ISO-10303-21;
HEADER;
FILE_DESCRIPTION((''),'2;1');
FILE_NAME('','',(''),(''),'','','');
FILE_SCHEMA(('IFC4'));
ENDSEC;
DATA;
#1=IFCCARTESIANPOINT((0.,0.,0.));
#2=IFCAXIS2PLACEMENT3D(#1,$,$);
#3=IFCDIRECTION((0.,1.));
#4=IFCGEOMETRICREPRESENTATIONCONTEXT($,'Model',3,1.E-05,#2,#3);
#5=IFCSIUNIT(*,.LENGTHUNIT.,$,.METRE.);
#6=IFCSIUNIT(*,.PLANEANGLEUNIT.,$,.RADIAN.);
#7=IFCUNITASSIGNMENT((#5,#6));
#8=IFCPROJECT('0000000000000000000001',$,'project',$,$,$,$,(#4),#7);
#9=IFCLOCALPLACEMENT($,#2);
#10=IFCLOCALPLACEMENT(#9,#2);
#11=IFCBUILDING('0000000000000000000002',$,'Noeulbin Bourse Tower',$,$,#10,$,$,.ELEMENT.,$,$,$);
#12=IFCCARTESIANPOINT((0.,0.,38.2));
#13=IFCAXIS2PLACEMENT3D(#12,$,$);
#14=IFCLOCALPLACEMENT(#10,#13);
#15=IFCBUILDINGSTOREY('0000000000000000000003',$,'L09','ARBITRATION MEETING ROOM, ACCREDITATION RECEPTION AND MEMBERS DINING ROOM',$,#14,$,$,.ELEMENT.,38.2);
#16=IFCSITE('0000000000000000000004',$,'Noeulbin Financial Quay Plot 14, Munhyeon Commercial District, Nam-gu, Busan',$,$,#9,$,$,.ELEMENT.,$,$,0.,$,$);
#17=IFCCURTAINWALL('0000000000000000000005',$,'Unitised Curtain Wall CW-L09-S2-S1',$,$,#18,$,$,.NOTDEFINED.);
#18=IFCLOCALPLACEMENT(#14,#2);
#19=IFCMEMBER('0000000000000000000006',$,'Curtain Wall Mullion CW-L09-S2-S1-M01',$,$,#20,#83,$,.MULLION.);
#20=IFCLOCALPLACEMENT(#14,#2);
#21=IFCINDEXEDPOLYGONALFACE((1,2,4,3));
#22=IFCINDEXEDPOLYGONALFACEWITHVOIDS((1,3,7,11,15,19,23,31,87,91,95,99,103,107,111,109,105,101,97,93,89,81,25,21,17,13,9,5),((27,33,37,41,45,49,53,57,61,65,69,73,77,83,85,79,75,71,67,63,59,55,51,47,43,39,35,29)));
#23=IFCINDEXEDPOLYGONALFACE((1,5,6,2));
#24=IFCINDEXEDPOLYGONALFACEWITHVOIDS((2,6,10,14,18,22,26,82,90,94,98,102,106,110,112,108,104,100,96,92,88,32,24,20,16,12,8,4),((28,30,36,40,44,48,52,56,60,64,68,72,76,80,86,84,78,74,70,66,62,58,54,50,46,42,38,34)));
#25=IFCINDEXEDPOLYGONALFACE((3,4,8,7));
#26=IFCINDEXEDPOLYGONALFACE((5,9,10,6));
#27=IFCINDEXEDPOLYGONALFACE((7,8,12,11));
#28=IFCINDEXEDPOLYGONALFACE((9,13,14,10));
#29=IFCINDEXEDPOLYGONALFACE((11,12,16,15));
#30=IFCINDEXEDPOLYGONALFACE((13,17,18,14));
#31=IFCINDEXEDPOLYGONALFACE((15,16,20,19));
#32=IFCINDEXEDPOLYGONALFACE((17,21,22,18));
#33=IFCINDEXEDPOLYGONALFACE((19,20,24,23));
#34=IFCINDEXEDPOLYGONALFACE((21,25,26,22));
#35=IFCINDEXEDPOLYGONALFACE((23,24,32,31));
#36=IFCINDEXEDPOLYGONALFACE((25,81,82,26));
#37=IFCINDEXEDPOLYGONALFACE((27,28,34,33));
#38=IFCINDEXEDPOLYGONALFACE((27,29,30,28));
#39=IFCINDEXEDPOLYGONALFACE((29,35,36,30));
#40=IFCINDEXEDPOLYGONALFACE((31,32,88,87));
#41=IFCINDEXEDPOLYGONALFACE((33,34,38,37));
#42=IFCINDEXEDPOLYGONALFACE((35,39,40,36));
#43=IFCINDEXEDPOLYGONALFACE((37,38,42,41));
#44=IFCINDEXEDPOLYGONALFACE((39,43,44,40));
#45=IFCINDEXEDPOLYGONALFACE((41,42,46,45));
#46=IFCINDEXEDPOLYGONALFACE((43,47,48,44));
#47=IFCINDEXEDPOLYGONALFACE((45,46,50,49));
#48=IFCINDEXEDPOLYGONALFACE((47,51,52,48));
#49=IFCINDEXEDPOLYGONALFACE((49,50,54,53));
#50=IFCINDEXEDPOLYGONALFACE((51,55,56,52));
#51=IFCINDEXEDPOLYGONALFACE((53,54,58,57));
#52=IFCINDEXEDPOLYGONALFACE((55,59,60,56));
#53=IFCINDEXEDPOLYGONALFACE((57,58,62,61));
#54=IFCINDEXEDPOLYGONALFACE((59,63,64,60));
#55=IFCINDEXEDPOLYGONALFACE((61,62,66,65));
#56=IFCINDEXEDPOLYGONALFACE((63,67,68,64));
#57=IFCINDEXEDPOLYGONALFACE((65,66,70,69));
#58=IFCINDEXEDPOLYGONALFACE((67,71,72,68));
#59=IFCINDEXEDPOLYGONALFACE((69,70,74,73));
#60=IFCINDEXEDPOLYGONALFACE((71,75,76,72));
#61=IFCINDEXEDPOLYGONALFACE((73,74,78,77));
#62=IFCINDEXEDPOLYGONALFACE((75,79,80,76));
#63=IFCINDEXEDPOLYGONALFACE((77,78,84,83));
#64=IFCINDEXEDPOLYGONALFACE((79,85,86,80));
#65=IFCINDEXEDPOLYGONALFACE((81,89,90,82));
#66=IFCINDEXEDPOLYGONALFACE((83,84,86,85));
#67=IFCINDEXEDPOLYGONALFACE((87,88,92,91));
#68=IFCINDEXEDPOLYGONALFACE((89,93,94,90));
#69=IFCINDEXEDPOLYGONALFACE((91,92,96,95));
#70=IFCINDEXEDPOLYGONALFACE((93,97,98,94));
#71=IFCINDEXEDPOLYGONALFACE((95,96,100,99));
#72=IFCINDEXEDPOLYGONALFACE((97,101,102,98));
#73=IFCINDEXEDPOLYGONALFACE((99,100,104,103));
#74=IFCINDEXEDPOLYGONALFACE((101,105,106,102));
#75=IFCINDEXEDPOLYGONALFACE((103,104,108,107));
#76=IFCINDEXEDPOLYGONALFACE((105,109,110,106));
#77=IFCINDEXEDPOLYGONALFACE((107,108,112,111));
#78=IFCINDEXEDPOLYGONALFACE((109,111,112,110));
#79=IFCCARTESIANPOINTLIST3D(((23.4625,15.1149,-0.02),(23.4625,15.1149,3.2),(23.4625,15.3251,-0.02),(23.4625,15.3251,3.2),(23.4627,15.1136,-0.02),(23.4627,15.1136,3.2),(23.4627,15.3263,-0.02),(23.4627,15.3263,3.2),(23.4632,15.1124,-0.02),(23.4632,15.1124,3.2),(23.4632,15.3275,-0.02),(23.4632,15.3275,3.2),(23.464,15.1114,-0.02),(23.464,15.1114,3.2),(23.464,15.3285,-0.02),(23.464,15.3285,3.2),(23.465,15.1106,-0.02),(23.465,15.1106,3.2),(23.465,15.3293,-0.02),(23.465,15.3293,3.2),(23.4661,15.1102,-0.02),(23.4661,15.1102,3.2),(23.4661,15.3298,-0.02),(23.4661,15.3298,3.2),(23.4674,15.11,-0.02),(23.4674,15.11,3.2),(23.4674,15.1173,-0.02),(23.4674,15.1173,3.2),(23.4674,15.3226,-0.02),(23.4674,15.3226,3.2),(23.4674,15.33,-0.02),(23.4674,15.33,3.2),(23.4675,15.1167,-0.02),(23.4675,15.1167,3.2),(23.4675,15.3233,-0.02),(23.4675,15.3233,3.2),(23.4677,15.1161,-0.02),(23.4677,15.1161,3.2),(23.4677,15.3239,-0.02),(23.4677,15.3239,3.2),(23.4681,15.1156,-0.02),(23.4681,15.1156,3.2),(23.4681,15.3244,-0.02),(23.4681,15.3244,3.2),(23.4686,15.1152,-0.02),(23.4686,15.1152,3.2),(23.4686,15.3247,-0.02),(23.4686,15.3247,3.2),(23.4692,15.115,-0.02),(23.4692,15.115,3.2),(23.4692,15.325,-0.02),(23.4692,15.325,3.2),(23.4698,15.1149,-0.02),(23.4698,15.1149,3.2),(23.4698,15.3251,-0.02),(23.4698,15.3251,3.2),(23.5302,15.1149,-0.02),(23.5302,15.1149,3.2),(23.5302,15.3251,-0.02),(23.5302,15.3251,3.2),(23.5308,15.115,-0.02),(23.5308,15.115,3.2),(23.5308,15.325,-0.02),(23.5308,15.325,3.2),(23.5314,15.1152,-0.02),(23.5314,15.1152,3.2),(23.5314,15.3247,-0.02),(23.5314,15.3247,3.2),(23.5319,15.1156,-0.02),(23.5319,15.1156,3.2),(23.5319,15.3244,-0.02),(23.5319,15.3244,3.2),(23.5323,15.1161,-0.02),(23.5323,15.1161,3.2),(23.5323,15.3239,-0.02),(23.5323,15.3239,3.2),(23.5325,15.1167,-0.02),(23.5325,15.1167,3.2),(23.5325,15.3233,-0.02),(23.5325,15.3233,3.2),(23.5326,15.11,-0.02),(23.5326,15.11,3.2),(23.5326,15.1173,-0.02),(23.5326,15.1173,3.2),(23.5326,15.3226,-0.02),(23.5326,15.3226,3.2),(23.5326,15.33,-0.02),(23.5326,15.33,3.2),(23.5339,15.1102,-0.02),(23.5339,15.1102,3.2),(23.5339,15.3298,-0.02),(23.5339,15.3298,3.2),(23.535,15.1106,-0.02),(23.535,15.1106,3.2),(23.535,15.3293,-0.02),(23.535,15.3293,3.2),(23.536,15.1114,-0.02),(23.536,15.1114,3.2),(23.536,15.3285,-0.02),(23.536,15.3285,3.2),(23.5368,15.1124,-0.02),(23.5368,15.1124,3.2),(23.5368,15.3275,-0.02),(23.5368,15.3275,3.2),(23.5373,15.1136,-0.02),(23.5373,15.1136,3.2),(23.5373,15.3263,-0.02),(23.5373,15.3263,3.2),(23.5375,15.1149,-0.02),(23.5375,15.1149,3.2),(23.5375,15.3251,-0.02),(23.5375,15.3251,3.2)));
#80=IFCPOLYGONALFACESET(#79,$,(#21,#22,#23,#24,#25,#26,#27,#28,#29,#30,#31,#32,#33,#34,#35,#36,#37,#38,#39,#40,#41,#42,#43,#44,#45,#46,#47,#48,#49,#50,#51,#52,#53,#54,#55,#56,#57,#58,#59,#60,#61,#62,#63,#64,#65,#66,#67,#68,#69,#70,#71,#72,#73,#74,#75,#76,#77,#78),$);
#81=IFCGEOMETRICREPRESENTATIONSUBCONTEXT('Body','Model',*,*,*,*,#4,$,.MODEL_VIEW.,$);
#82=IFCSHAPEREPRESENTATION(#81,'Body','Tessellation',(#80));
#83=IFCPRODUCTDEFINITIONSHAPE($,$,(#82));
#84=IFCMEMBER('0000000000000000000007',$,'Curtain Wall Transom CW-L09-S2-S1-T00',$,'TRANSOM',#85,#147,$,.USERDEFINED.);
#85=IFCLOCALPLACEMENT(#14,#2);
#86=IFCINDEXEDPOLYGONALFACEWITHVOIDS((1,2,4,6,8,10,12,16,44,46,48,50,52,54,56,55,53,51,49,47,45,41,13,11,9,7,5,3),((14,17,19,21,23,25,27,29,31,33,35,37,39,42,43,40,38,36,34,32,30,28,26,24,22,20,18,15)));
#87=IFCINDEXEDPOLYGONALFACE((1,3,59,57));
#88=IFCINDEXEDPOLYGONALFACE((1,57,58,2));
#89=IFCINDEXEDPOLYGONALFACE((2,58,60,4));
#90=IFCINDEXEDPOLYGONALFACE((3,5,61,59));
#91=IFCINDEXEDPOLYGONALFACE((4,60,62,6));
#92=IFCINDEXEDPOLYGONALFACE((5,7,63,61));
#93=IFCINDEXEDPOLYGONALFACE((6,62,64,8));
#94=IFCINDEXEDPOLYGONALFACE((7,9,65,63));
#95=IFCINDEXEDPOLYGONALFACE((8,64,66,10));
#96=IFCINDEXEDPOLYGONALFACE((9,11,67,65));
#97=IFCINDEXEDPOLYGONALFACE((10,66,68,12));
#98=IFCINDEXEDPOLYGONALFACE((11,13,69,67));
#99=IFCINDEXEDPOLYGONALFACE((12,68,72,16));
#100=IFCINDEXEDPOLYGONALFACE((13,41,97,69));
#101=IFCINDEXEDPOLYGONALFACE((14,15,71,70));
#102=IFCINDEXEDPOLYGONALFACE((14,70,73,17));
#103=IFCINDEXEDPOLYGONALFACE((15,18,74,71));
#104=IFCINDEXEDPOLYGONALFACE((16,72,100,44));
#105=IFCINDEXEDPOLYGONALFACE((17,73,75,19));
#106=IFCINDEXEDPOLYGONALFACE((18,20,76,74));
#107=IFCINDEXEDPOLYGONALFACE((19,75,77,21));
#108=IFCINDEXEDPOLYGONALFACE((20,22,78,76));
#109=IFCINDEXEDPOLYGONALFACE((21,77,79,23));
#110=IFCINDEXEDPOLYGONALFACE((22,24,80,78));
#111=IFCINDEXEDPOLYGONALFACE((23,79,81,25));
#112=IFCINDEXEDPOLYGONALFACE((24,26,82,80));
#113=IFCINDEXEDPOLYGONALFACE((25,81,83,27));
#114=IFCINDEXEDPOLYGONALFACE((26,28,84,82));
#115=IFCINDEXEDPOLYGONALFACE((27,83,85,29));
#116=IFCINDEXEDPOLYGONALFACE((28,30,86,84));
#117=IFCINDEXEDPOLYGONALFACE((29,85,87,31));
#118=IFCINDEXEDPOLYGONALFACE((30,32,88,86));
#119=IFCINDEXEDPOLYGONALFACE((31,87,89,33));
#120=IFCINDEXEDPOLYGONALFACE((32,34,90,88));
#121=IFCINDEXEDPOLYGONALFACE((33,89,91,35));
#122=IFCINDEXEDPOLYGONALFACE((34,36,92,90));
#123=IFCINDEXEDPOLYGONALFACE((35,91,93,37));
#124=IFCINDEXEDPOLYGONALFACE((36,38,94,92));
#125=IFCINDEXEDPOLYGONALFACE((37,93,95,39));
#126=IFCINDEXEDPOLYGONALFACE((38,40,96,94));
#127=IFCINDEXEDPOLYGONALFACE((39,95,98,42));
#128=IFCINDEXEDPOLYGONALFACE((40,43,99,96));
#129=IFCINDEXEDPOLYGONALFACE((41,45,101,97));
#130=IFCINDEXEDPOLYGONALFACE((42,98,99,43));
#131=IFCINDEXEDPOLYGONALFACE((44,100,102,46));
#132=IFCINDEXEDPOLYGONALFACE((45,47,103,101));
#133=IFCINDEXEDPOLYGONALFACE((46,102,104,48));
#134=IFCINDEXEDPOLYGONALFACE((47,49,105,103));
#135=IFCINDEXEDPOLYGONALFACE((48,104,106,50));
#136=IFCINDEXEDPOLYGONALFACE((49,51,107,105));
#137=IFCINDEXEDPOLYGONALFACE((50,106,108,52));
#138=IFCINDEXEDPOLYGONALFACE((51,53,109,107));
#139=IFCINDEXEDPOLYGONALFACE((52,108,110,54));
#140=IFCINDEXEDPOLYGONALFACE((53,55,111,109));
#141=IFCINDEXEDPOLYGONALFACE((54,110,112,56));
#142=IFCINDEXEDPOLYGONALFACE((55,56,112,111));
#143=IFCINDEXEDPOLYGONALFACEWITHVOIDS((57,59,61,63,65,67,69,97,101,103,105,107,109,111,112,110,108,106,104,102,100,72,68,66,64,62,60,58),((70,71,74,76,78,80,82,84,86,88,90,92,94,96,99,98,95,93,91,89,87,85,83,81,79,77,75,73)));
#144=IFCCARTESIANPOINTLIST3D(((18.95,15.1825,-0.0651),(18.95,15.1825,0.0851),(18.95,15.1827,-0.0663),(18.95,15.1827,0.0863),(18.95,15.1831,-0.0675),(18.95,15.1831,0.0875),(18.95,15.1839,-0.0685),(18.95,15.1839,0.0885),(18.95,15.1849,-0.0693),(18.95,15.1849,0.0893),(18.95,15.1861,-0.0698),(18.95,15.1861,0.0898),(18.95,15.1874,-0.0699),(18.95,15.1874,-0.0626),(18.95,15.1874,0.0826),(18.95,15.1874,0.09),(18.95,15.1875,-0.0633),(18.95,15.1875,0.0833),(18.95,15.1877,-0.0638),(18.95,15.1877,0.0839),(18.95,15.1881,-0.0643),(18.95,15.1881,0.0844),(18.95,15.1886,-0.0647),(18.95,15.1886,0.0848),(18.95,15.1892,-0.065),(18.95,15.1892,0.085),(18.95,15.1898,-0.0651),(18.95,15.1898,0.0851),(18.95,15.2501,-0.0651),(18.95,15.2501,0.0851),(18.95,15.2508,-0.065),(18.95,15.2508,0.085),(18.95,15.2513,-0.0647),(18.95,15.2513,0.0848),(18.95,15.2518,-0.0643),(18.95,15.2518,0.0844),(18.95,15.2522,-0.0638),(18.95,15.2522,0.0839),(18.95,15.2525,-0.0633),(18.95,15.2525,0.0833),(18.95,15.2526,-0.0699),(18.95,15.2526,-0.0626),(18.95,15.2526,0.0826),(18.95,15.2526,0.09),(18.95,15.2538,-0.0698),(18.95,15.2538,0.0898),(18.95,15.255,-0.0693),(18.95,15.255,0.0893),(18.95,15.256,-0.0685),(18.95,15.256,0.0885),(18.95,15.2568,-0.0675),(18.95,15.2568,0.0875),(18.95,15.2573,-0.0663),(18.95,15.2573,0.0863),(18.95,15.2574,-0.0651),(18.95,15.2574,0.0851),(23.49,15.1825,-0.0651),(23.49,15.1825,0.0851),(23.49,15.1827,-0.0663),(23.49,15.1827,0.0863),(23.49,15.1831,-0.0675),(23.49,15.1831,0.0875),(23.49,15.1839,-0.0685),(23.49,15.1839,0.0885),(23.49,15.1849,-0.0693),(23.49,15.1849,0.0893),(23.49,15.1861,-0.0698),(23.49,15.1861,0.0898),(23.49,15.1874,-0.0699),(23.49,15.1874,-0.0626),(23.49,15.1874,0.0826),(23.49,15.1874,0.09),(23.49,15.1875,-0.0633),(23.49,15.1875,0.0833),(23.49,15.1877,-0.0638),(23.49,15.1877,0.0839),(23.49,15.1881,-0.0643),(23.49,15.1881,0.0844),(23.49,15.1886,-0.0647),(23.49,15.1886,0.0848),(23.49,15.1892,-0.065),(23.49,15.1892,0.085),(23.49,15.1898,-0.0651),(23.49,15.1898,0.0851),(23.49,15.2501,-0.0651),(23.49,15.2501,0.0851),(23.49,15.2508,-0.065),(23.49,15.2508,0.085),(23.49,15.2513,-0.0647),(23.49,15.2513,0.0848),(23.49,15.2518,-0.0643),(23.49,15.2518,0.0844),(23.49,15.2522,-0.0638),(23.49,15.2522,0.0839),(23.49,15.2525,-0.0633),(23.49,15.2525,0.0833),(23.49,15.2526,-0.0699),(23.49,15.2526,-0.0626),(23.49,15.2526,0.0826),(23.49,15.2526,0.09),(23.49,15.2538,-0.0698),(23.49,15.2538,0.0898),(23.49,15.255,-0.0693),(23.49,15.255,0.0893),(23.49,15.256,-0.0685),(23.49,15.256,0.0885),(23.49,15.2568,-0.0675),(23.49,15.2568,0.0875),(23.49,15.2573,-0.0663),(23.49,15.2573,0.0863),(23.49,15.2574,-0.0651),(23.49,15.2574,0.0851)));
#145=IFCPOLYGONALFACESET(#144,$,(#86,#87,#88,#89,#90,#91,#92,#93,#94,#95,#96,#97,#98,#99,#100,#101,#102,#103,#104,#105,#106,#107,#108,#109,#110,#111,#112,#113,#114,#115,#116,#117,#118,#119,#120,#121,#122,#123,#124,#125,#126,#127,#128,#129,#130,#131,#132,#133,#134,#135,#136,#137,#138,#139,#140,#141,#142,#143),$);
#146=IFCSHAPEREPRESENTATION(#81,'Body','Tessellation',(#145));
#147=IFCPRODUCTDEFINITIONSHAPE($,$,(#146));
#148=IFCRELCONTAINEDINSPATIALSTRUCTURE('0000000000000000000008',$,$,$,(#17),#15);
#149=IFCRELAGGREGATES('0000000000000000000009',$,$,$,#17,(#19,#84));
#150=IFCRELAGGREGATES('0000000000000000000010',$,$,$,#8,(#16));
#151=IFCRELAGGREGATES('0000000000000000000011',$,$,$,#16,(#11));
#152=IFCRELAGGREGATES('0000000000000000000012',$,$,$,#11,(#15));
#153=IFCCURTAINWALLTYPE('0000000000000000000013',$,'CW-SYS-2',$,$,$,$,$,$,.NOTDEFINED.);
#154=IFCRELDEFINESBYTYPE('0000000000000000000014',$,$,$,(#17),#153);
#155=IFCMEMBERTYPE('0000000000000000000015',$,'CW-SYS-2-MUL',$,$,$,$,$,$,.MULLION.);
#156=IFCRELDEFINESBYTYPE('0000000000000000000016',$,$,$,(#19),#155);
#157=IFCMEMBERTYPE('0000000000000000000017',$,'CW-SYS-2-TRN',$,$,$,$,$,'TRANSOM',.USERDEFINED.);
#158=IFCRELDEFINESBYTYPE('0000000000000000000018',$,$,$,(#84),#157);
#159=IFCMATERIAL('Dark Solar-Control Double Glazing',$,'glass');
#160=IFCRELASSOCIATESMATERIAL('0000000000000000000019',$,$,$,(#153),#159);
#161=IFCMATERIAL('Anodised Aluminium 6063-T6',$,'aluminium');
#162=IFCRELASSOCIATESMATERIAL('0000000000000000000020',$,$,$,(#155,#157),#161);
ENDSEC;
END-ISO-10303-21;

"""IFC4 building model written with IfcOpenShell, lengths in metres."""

from ifc_helpers import new_model, si_unit, direction, frame, origin, origin_2d, place, context, subcontext, project, spatial, hollow_rectangle, extrude, material, material_profile, profile_set, type_object, element, aggregate, save


model = new_model("IFC4")

# Units and contexts
model_context = context("Model", 3, precision=1e-05, world=origin(), true_north=direction((0.0, 1.0)))
body_context = subcontext(model_context, "Body", "Model", "MODEL_VIEW")
ifc_project = project(units=[si_unit("LENGTHUNIT", "METRE"), si_unit("PLANEANGLEUNIT", "RADIAN")], contexts=[model_context])

# Site, building, storey
site_placement = place(None, origin())
site = spatial("IfcSite", under=ifc_project, at=site_placement, Name="Noeulbin Financial Quay Plot 14, Munhyeon Commercial District, Nam-gu, Busan", CompositionType="ELEMENT", RefElevation=0.0)
building_placement = place(site_placement, origin())
building = spatial("IfcBuilding", under=site, at=building_placement, Name="Noeulbin Bourse Tower", CompositionType="ELEMENT")
storey_placement = place(building_placement, frame((0.0, 0.0, 38.2)))
storey = spatial("IfcBuildingStorey", under=building, at=storey_placement, Name="L09", Description="ARBITRATION MEETING ROOM, ACCREDITATION RECEPTION AND MEMBERS DINING ROOM", CompositionType="ELEMENT", Elevation=38.2)

# Shared definitions
ifc_material_1 = material(Name="Dark Solar-Control Double Glazing", Category="glass")
curtain_wall_type = type_object("IfcCurtainWallType", Name="CW-SYS-2", PredefinedType="NOTDEFINED", material=ifc_material_1)
ifc_material_2 = material(Name="Anodised Aluminium 6063-T6", Category="aluminium")
ifc_material_profile_1 = material_profile(ifc_material_2, hollow_rectangle(XDim=0.075, YDim=0.22, WallThickness=0.0049, InnerFilletRadius=0.0024, OuterFilletRadius=0.0049, at=origin_2d()), Name="ALU-MULL-75x220x5", Category="LoadBearing")
ifc_profile_set_1 = profile_set([ifc_material_profile_1], Name="Anodised Aluminium 6063-T6")
member_type_1 = type_object("IfcMemberType", Name="CW-SYS-2-MUL", PredefinedType="MULLION", material=ifc_profile_set_1)

# Curtain wall, members
curtain_wall_1_placement = place(storey_placement, origin())
curtain_wall_1 = element("IfcCurtainWall", 1, at=curtain_wall_1_placement, inside=storey, type_object=curtain_wall_type, Name="Unitised Curtain Wall CW-L09-S2-S1", PredefinedType="NOTDEFINED")
member_1_placement = place(storey_placement, frame((23.5, 15.22, -0.02), z_axis=(0.0, 0.0, 1.0), x_axis=(1.0, 0.0, 0.0)))
member_1 = element("IfcMember", 2, at=member_1_placement, type_object=member_type_1, Name="Curtain Wall Mullion CW-L09-S2-S1-M01", PredefinedType="MULLION", context=body_context, shape_type="SweptSolid", body=[
    extrude(hollow_rectangle(XDim=0.075, YDim=0.22, WallThickness=0.0049, InnerFilletRadius=0.0024, OuterFilletRadius=0.0049, at=origin_2d()), origin(), (0.0, 0.0, 1.0), 3.22),
])
ifc_material_profile_2 = material_profile(ifc_material_2, hollow_rectangle(XDim=0.075, YDim=0.1599, WallThickness=0.0049, InnerFilletRadius=0.0024, OuterFilletRadius=0.0049, at=origin_2d()), Name="ALU-TRAN-75x160x5", Category="LoadBearing")
ifc_profile_set_2 = profile_set([ifc_material_profile_2], Name="Anodised Aluminium 6063-T6")
member_type_2 = type_object("IfcMemberType", Name="CW-SYS-2-TRN", ElementType="TRANSOM", PredefinedType="USERDEFINED", material=ifc_profile_set_2)
member_2_placement = place(storey_placement, frame((18.95, 15.22, 0.01), z_axis=(1.0, 0.0, 0.0), x_axis=(0.0, 1.0, 0.0)))
member_2 = element("IfcMember", 3, at=member_2_placement, type_object=member_type_2, Name="Curtain Wall Transom CW-L09-S2-S1-T00", ObjectType="TRANSOM", PredefinedType="USERDEFINED", context=body_context, shape_type="SweptSolid", body=[
    extrude(hollow_rectangle(XDim=0.075, YDim=0.1599, WallThickness=0.0049, InnerFilletRadius=0.0024, OuterFilletRadius=0.0049, at=origin_2d()), origin(), (0.0, 0.0, 1.0), 4.54),
])
aggregate(curtain_wall_1, [member_1, member_2])

save(model, "model.ifc")
